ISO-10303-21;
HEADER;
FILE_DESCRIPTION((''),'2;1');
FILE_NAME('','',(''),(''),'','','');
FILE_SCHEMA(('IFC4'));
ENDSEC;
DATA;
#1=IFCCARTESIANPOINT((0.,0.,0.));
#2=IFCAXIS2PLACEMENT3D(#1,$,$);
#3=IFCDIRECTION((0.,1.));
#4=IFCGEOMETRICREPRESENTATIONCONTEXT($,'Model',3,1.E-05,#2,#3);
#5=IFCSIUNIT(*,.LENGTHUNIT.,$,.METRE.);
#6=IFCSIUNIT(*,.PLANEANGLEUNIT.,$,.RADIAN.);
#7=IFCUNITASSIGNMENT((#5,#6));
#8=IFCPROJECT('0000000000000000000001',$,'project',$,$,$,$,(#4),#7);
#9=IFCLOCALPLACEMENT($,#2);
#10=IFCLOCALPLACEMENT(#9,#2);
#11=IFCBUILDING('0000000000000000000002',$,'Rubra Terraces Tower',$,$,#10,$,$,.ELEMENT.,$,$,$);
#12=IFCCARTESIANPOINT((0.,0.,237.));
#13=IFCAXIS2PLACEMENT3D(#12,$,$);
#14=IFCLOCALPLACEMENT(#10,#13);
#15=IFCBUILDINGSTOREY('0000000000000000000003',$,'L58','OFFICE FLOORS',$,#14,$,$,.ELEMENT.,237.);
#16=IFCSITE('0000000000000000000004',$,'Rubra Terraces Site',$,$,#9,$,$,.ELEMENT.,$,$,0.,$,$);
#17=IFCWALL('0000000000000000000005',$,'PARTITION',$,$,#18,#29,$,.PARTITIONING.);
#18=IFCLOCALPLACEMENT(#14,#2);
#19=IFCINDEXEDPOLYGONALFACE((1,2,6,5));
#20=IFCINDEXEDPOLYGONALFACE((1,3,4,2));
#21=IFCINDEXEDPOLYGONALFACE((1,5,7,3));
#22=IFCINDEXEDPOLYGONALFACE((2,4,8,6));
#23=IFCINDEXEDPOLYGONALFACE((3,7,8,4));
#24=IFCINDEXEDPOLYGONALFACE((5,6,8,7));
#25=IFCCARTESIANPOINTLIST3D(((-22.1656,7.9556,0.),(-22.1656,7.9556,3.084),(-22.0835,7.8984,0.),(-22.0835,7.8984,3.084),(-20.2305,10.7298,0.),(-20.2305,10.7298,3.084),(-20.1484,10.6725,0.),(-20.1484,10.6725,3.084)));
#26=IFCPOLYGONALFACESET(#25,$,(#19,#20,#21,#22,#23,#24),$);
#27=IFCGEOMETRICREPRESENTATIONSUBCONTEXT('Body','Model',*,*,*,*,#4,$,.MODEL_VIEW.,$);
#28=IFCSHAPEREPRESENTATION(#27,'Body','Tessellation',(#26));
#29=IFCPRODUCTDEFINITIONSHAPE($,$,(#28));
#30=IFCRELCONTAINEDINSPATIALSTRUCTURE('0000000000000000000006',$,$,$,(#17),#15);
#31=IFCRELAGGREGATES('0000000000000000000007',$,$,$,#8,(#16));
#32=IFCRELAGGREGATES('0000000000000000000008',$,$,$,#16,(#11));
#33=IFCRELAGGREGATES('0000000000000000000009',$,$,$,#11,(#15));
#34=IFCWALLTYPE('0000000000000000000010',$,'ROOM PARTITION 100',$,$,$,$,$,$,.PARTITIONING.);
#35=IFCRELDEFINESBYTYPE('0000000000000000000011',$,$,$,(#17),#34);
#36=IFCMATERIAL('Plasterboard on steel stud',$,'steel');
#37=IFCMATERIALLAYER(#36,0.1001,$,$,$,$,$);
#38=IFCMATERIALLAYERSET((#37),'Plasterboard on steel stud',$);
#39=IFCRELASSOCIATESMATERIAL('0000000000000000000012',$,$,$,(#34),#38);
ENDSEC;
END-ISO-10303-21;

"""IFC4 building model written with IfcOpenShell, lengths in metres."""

from ifc_helpers import new_model, si_unit, direction, frame, frame_2d, origin, place, context, subcontext, project, spatial, rectangle, extrude, material, layer, layer_set, type_object, element, save


model = new_model("IFC4")

# Units and contexts
model_context = context("Model", 3, precision=1e-05, world=origin(), true_north=direction((0.0, 1.0)))
body_context = subcontext(model_context, "Body", "Model", "MODEL_VIEW")
ifc_project = project(units=[si_unit("LENGTHUNIT", "METRE"), si_unit("PLANEANGLEUNIT", "RADIAN")], contexts=[model_context])

# Site, building, storey
site_placement = place(None, origin())
site = spatial("IfcSite", under=ifc_project, at=site_placement, Name="Rubra Terraces Site", CompositionType="ELEMENT", RefElevation=0.0)
building_placement = place(site_placement, origin())
building = spatial("IfcBuilding", under=site, at=building_placement, Name="Rubra Terraces Tower", CompositionType="ELEMENT")
storey_placement = place(building_placement, frame((0.0, 0.0, 237.0)))
storey = spatial("IfcBuildingStorey", under=building, at=storey_placement, Name="L58", Description="OFFICE FLOORS", CompositionType="ELEMENT", Elevation=237.0)

# Wall
ifc_material_1 = material(Name="Plasterboard on steel stud", Category="steel")
ifc_layer_1 = layer(ifc_material_1, 0.1001)
ifc_layer_set_1 = layer_set([ifc_layer_1], Name="Plasterboard on steel stud")
wall_type_1 = type_object("IfcWallType", Name="ROOM PARTITION 100", PredefinedType="PARTITIONING", material=ifc_layer_set_1)
wall_1_placement = place(storey_placement, frame((-22.1245, 7.927, 0.0), z_axis=(0.0, 0.0, 1.0), x_axis=(0.5721, 0.820184, 0.0)))
element("IfcWall", 1, at=wall_1_placement, inside=storey, type_object=wall_type_1, Name="PARTITION", PredefinedType="PARTITIONING", context=body_context, shape_type="SweptSolid", body=[
    extrude(rectangle(XDim=3.3823, YDim=0.1001, at=frame_2d((1.6912, 0.0))), origin(), (0.0, 0.0, 1.0), 3.084),
])

save(model, "model.ifc")
